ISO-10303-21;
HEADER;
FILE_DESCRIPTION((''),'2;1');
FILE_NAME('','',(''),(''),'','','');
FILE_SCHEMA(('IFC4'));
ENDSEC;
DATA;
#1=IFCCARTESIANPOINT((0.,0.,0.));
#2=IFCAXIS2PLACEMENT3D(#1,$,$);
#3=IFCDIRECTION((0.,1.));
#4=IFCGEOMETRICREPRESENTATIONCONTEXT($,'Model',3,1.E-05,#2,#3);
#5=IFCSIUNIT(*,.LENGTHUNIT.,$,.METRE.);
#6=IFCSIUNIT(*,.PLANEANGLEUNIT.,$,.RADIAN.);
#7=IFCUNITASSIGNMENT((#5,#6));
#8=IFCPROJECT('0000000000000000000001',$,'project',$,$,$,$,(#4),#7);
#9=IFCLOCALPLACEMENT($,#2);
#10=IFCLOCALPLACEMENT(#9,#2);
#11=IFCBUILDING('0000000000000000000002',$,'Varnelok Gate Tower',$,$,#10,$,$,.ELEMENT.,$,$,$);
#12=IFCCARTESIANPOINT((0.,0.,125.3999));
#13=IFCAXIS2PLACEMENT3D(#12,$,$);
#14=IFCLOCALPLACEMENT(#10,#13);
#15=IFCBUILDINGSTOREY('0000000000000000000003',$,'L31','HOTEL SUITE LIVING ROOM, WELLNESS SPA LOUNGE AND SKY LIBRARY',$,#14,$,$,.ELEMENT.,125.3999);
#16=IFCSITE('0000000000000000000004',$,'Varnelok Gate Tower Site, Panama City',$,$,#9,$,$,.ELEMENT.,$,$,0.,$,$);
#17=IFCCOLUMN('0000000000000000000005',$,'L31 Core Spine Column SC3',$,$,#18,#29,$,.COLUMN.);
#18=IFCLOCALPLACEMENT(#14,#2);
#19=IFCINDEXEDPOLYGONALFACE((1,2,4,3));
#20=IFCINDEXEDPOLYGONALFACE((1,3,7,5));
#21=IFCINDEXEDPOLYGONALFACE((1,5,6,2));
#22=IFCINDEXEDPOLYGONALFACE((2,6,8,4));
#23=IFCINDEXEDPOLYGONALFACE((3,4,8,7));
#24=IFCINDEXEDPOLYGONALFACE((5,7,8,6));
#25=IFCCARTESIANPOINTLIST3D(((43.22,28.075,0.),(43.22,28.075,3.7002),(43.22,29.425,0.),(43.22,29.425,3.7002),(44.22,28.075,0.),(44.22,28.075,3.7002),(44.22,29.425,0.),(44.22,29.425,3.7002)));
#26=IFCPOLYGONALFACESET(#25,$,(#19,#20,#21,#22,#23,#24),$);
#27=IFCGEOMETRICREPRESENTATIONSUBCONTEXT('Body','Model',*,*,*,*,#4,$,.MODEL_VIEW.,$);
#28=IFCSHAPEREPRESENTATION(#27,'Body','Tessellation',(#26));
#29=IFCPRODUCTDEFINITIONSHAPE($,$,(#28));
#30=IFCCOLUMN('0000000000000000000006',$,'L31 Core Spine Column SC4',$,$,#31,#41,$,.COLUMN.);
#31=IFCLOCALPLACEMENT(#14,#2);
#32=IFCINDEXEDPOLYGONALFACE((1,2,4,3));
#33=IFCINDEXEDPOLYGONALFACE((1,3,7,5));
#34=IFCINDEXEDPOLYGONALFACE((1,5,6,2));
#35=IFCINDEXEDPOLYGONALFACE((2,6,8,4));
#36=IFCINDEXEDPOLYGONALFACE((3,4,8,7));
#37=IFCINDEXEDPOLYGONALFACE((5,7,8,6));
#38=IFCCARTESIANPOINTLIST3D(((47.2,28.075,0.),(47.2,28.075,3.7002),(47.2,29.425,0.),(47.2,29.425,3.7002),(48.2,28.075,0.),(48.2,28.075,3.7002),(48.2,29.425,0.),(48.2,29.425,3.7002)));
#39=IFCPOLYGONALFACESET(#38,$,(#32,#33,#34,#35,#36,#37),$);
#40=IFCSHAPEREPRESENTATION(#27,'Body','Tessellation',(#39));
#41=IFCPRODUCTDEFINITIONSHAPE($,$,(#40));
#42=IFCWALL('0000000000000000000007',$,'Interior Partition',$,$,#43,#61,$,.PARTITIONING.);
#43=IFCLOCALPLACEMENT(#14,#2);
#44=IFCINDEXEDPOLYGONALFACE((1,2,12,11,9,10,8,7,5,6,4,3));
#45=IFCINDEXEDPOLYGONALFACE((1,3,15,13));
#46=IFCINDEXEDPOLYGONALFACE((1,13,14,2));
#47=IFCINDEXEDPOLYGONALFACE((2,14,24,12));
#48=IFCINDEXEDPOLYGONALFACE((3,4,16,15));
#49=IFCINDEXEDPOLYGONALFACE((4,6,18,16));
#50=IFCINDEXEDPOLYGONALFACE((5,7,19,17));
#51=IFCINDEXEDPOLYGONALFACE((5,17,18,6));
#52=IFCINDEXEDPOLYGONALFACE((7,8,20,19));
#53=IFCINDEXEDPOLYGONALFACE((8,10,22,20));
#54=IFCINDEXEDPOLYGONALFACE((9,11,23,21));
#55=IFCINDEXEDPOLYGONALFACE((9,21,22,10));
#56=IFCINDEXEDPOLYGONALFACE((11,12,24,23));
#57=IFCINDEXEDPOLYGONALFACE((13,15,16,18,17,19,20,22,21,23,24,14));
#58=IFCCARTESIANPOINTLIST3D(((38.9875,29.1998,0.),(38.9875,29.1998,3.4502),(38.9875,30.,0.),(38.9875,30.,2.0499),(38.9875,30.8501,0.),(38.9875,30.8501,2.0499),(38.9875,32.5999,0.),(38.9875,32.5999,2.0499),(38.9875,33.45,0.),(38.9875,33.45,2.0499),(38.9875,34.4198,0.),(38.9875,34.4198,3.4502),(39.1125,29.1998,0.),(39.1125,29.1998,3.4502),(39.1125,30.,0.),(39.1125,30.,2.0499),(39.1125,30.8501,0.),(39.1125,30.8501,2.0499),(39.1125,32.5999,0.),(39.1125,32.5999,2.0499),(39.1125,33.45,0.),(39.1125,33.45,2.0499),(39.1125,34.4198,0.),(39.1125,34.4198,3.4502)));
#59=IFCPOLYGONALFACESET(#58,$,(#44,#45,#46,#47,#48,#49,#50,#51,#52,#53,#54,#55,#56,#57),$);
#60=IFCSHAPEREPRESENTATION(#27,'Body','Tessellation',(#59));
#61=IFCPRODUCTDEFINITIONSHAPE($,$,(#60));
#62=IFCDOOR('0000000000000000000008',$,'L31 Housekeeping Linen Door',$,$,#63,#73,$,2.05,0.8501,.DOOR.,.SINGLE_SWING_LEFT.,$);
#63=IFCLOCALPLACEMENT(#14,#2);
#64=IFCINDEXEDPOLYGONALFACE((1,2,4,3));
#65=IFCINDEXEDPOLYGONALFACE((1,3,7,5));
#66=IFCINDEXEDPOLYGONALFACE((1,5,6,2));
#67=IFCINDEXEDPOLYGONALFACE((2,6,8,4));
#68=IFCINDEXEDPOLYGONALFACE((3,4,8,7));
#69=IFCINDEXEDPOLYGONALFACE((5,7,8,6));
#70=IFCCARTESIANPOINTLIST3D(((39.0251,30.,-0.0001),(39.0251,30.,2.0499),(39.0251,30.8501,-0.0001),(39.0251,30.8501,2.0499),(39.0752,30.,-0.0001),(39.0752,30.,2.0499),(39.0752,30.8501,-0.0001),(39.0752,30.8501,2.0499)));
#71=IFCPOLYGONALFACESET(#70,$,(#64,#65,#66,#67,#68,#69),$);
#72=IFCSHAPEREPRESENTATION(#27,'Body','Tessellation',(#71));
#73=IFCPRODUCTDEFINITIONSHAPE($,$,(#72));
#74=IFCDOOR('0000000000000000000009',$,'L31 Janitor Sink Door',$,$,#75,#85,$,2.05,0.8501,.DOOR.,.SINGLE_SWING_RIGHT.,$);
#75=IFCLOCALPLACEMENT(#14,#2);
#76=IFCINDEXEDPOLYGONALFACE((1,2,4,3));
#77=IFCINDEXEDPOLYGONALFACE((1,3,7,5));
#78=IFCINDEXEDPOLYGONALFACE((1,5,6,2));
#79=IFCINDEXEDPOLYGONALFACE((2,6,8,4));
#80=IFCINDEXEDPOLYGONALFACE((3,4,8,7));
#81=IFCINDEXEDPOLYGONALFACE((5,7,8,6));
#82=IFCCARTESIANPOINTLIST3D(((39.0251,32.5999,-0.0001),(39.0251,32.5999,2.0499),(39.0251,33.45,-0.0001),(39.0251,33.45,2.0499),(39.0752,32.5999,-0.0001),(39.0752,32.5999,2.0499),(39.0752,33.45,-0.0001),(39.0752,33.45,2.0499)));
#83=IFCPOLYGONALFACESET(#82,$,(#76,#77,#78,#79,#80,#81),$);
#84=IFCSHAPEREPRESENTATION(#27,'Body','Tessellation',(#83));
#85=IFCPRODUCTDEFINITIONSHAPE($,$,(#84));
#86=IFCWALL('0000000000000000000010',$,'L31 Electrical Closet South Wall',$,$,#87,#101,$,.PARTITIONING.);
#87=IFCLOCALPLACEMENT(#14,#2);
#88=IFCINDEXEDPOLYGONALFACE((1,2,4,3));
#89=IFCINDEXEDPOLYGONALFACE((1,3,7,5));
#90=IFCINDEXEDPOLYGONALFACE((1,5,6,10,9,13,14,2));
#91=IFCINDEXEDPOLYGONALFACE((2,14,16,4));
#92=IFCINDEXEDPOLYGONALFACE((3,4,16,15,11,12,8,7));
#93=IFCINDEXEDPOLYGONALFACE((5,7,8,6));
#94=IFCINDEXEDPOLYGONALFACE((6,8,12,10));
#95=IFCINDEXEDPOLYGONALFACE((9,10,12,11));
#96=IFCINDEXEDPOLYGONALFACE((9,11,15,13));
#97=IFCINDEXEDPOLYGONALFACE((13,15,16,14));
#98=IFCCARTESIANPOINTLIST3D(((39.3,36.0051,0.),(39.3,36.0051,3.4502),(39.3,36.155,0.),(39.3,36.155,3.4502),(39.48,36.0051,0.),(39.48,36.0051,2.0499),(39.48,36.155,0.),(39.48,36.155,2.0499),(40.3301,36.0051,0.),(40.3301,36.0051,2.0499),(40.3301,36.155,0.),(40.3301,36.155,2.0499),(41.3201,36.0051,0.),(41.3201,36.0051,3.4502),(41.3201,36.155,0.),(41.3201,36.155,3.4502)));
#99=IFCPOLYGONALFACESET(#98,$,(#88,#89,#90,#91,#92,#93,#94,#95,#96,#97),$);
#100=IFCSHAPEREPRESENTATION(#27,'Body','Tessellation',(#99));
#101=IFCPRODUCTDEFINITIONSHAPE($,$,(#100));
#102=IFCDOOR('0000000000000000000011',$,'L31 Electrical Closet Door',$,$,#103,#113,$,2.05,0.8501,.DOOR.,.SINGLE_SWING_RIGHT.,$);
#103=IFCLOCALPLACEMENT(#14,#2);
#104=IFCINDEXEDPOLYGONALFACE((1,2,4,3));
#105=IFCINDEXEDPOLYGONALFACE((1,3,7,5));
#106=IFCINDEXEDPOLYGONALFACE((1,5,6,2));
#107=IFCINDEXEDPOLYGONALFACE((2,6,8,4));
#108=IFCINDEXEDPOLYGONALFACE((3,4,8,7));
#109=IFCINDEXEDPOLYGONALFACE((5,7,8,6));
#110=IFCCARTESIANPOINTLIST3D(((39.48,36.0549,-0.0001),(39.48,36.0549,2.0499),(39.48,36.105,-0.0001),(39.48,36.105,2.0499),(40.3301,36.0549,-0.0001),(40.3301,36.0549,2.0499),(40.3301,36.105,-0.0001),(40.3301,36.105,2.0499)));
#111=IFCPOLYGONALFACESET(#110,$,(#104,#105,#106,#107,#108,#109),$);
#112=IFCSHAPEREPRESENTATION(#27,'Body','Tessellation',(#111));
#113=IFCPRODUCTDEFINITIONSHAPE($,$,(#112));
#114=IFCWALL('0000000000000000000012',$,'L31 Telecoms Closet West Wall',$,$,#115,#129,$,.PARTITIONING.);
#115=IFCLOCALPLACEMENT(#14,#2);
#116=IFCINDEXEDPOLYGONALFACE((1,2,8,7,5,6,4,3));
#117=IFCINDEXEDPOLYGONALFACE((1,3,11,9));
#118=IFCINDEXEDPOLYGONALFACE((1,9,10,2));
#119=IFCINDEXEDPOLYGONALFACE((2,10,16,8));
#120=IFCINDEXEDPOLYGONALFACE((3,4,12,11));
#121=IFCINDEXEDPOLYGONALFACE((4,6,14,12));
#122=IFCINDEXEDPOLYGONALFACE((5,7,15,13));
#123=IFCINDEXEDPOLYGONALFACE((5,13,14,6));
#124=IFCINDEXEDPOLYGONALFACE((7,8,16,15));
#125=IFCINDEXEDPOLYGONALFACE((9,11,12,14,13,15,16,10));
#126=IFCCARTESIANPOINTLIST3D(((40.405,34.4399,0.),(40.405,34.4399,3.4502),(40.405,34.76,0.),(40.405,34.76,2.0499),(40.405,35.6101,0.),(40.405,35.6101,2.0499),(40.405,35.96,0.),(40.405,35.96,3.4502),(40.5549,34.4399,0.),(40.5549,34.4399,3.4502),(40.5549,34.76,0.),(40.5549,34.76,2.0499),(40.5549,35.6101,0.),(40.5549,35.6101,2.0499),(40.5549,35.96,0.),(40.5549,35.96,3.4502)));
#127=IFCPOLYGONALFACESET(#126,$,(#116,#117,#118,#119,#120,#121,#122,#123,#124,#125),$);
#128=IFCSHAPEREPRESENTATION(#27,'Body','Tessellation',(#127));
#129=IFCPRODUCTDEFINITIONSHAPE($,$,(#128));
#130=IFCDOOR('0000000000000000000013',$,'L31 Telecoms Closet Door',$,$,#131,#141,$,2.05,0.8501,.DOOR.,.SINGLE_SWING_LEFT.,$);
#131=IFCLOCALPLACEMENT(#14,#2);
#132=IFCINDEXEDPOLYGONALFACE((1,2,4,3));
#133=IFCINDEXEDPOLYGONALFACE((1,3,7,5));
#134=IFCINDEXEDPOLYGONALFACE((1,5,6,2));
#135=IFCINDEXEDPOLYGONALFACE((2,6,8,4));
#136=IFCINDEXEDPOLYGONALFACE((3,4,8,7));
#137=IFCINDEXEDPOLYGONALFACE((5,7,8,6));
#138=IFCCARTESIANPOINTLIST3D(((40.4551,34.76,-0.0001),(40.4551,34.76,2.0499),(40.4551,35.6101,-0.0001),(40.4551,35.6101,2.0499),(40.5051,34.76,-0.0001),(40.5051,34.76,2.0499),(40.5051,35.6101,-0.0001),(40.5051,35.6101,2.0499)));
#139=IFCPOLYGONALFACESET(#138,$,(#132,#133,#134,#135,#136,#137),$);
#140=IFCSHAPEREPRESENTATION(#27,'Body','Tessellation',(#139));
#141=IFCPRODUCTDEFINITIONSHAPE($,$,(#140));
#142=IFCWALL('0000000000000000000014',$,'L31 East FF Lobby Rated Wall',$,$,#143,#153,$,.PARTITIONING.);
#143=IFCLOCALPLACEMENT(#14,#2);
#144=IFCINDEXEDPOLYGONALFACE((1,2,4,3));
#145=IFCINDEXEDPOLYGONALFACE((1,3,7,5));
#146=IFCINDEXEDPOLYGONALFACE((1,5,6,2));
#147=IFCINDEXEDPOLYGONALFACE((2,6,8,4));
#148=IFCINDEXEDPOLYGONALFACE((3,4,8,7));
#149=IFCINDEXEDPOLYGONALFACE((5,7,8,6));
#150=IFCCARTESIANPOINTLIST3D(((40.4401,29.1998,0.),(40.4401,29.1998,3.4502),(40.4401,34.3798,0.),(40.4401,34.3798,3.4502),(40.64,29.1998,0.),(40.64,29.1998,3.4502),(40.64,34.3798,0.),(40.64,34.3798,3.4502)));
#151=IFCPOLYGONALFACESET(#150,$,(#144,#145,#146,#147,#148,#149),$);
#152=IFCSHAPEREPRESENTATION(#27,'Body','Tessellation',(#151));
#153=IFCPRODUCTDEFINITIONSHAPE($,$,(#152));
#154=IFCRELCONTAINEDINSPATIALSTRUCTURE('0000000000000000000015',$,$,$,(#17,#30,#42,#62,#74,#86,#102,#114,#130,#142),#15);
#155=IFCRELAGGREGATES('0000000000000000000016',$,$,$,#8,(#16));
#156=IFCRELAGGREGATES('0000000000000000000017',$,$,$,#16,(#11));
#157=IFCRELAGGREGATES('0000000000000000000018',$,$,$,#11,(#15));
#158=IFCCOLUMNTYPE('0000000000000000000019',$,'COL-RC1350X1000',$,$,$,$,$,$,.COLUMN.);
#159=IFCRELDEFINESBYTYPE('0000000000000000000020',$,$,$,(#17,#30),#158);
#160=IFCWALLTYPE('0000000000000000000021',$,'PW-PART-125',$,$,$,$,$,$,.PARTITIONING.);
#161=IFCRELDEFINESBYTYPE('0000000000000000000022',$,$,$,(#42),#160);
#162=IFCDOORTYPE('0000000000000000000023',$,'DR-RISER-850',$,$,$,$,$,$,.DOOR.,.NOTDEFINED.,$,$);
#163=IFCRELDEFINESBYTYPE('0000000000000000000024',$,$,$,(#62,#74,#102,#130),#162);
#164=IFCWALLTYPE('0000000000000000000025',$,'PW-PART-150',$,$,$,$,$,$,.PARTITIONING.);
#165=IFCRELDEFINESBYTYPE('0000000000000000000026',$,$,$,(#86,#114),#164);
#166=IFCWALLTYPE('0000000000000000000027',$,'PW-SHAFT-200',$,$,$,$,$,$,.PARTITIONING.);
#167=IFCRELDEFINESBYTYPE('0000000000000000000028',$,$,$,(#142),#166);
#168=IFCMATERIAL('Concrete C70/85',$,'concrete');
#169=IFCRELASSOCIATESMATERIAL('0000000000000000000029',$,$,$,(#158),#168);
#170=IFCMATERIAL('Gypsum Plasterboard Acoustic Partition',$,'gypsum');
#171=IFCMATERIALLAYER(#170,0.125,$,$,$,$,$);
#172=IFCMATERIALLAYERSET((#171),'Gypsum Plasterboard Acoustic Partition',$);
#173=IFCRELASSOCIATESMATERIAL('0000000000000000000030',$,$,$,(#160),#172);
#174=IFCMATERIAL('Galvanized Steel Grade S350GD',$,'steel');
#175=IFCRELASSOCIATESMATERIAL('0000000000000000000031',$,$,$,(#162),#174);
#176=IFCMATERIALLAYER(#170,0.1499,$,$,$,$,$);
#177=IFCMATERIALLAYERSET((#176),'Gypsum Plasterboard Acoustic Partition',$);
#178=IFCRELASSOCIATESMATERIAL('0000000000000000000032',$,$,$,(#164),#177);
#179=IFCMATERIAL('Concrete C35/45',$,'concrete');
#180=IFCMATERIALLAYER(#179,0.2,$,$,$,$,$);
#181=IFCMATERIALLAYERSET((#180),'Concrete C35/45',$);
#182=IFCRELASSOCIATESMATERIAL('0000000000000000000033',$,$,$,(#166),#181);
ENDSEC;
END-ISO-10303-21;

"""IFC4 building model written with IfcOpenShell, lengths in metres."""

from ifc_helpers import new_model, si_unit, direction, frame, frame_2d, origin, origin_2d, place, context, subcontext, project, spatial, rectangle, extrude, material, layer, layer_set, material_profile, profile_set, type_object, element, fill, save


model = new_model("IFC4")

# Units and contexts
model_context = context("Model", 3, precision=1e-05, world=origin(), true_north=direction((0.0, 1.0)))
body_context = subcontext(model_context, "Body", "Model", "MODEL_VIEW")
ifc_project = project(units=[si_unit("LENGTHUNIT", "METRE"), si_unit("PLANEANGLEUNIT", "RADIAN")], contexts=[model_context])

# Site, building, storey
site_placement = place(None, origin())
site = spatial("IfcSite", under=ifc_project, at=site_placement, Name="Varnelok Gate Tower Site, Panama City", CompositionType="ELEMENT", RefElevation=0.0)
building_placement = place(site_placement, origin())
building = spatial("IfcBuilding", under=site, at=building_placement, Name="Varnelok Gate Tower", CompositionType="ELEMENT")
storey_placement = place(building_placement, frame((0.0, 0.0, 125.3999)))
storey = spatial("IfcBuildingStorey", under=building, at=storey_placement, Name="L31", Description="HOTEL SUITE LIVING ROOM, WELLNESS SPA LOUNGE AND SKY LIBRARY", CompositionType="ELEMENT", Elevation=125.3999)

# Columns
ifc_material_1 = material(Name="Concrete C70/85", Category="concrete")
ifc_material_profile = material_profile(ifc_material_1, rectangle(XDim=1.0, YDim=1.3501, at=origin_2d()), Name="RC1350X1000")
ifc_profile_set = profile_set([ifc_material_profile], Name="Concrete C70/85")
column_type = type_object("IfcColumnType", Name="COL-RC1350X1000", PredefinedType="COLUMN", material=ifc_profile_set)
for number, where, z_axis, x_axis, name in (
    (1, (43.72, 28.75, 0.0), (0.0, 0.0, 1.0), (1.0, 0.0, 0.0), "L31 Core Spine Column SC3"),
    (2, (47.7, 28.75, 0.0), (0.0, 0.0, 1.0), (1.0, 0.0, 0.0), "L31 Core Spine Column SC4"),
):
    element("IfcColumn", number, at=place(storey_placement, frame(where, z_axis=z_axis, x_axis=x_axis)), inside=storey, type_object=column_type, Name=name, PredefinedType="COLUMN", context=body_context, shape_type="SweptSolid", body=[
        extrude(rectangle(XDim=1.0, YDim=1.3501, at=origin_2d()), origin(), (0.0, 0.0, 1.0), 3.7002),
    ])

# Wall, openings, doors
ifc_material_2 = material(Name="Gypsum Plasterboard Acoustic Partition", Category="gypsum")
ifc_layer_1 = layer(ifc_material_2, 0.125)
ifc_layer_set_1 = layer_set([ifc_layer_1], Name="Gypsum Plasterboard Acoustic Partition")
wall_type_1 = type_object("IfcWallType", Name="PW-PART-125", PredefinedType="PARTITIONING", material=ifc_layer_set_1)
wall_1_placement = place(storey_placement, frame((39.05, 29.2, 0.0), z_axis=(0.0, 0.0, 1.0), x_axis=(0.0, 1.0, 0.0)))
wall_1 = element("IfcWall", 3, at=wall_1_placement, inside=storey, type_object=wall_type_1, Name="Interior Partition", PredefinedType="PARTITIONING", context=body_context, shape_type="SweptSolid", body=[
    extrude(rectangle(XDim=5.22, YDim=0.125, at=frame_2d((2.6099, 0.0))), origin(), (0.0, 0.0, 1.0), 3.4502),
])
opening_1_placement = place(wall_1_placement, frame((0.8, 0.0, 0.0)))
opening_1 = element("IfcOpeningElement", 4, at=opening_1_placement, cuts=wall_1, PredefinedType="OPENING", context=body_context, shape_type="SweptSolid", body=[
    extrude(rectangle(XDim=0.8501, YDim=2.05, at=frame_2d((0.425, 1.0249))), frame((0.0, 0.0725, 0.0), z_axis=(0.0, -1.0, 0.0), x_axis=(1.0, 0.0, 0.0)), (0.0, 0.0, 1.0), 0.145),
])
opening_2_placement = place(wall_1_placement, frame((3.3999, 0.0, 0.0)))
opening_2 = element("IfcOpeningElement", 5, at=opening_2_placement, cuts=wall_1, PredefinedType="OPENING", context=body_context, shape_type="SweptSolid", body=[
    extrude(rectangle(XDim=0.8501, YDim=2.05, at=frame_2d((0.425, 1.0249))), frame((0.0, 0.0725, 0.0), z_axis=(0.0, -1.0, 0.0), x_axis=(1.0, 0.0, 0.0)), (0.0, 0.0, 1.0), 0.145),
])
ifc_material_3 = material(Name="Galvanized Steel Grade S350GD", Category="steel")
door_type_1 = type_object("IfcDoorType", Name="DR-RISER-850", OperationType="NOTDEFINED", PredefinedType="DOOR", material=ifc_material_3)
door_1_placement = place(opening_1_placement, origin())
door_1 = element("IfcDoor", 6, at=door_1_placement, inside=storey, type_object=door_type_1, Name="L31 Housekeeping Linen Door", OperationType="SINGLE_SWING_LEFT", OverallHeight=2.05, OverallWidth=0.8501, PredefinedType="DOOR", context=body_context, shape_type="SweptSolid", body=[
    extrude(rectangle(XDim=0.8501, YDim=2.05, at=frame_2d((0.425, 1.0249))), frame((0.0, 0.0249, 0.0), z_axis=(0.0, -1.0, 0.0), x_axis=(1.0, 0.0, 0.0)), (0.0, 0.0, 1.0), 0.05),
])
fill(opening_1, door_1)
door_2_placement = place(opening_2_placement, origin())
door_2 = element("IfcDoor", 7, at=door_2_placement, inside=storey, type_object=door_type_1, Name="L31 Janitor Sink Door", OperationType="SINGLE_SWING_RIGHT", OverallHeight=2.05, OverallWidth=0.8501, PredefinedType="DOOR", context=body_context, shape_type="SweptSolid", body=[
    extrude(rectangle(XDim=0.8501, YDim=2.05, at=frame_2d((0.425, 1.0249))), frame((0.0, 0.0249, 0.0), z_axis=(0.0, -1.0, 0.0), x_axis=(1.0, 0.0, 0.0)), (0.0, 0.0, 1.0), 0.05),
])
fill(opening_2, door_2)

# Walls, openings, doors
ifc_layer_2 = layer(ifc_material_2, 0.1499)
ifc_layer_set_2 = layer_set([ifc_layer_2], Name="Gypsum Plasterboard Acoustic Partition")
wall_type_2 = type_object("IfcWallType", Name="PW-PART-150", PredefinedType="PARTITIONING", material=ifc_layer_set_2)
wall_2_placement = place(storey_placement, frame((39.3, 36.0801, 0.0), z_axis=(0.0, 0.0, 1.0), x_axis=(1.0, 0.0, 0.0)))
wall_2 = element("IfcWall", 8, at=wall_2_placement, inside=storey, type_object=wall_type_2, Name="L31 Electrical Closet South Wall", PredefinedType="PARTITIONING", context=body_context, shape_type="SweptSolid", body=[
    extrude(rectangle(XDim=2.02, YDim=0.1499, at=frame_2d((1.01, 0.0))), origin(), (0.0, 0.0, 1.0), 3.4502),
])
opening_3_placement = place(wall_2_placement, frame((0.1799, 0.0, 0.0)))
opening_3 = element("IfcOpeningElement", 9, at=opening_3_placement, cuts=wall_2, PredefinedType="OPENING", context=body_context, shape_type="SweptSolid", body=[
    extrude(rectangle(XDim=0.8501, YDim=2.05, at=frame_2d((0.425, 1.0249))), frame((0.0, 0.085, 0.0), z_axis=(0.0, -1.0, 0.0), x_axis=(1.0, 0.0, 0.0)), (0.0, 0.0, 1.0), 0.1699),
])
door_3_placement = place(opening_3_placement, origin())
door_3 = element("IfcDoor", 10, at=door_3_placement, inside=storey, type_object=door_type_1, Name="L31 Electrical Closet Door", OperationType="SINGLE_SWING_RIGHT", OverallHeight=2.05, OverallWidth=0.8501, PredefinedType="DOOR", context=body_context, shape_type="SweptSolid", body=[
    extrude(rectangle(XDim=0.8501, YDim=2.05, at=frame_2d((0.425, 1.0249))), frame((0.0, 0.0249, 0.0), z_axis=(0.0, -1.0, 0.0), x_axis=(1.0, 0.0, 0.0)), (0.0, 0.0, 1.0), 0.05),
])
fill(opening_3, door_3)
wall_3_placement = place(storey_placement, frame((40.48, 34.4399, 0.0), z_axis=(0.0, 0.0, 1.0), x_axis=(0.0, 1.0, 0.0)))
wall_3 = element("IfcWall", 11, at=wall_3_placement, inside=storey, type_object=wall_type_2, Name="L31 Telecoms Closet West Wall", PredefinedType="PARTITIONING", context=body_context, shape_type="SweptSolid", body=[
    extrude(rectangle(XDim=1.52, YDim=0.1499, at=frame_2d((0.76, 0.0))), origin(), (0.0, 0.0, 1.0), 3.4502),
])
opening_4_placement = place(wall_3_placement, frame((0.3201, 0.0, 0.0)))
opening_4 = element("IfcOpeningElement", 12, at=opening_4_placement, cuts=wall_3, PredefinedType="OPENING", context=body_context, shape_type="SweptSolid", body=[
    extrude(rectangle(XDim=0.8501, YDim=2.05, at=frame_2d((0.425, 1.0249))), frame((0.0, 0.085, 0.0), z_axis=(0.0, -1.0, 0.0), x_axis=(1.0, 0.0, 0.0)), (0.0, 0.0, 1.0), 0.1699),
])
door_4_placement = place(opening_4_placement, origin())
door_4 = element("IfcDoor", 13, at=door_4_placement, inside=storey, type_object=door_type_1, Name="L31 Telecoms Closet Door", OperationType="SINGLE_SWING_LEFT", OverallHeight=2.05, OverallWidth=0.8501, PredefinedType="DOOR", context=body_context, shape_type="SweptSolid", body=[
    extrude(rectangle(XDim=0.8501, YDim=2.05, at=frame_2d((0.425, 1.0249))), frame((0.0, 0.0249, 0.0), z_axis=(0.0, -1.0, 0.0), x_axis=(1.0, 0.0, 0.0)), (0.0, 0.0, 1.0), 0.05),
])
fill(opening_4, door_4)

# Wall
ifc_material_4 = material(Name="Concrete C35/45", Category="concrete")
ifc_layer_3 = layer(ifc_material_4, 0.2)
ifc_layer_set_3 = layer_set([ifc_layer_3], Name="Concrete C35/45")
wall_type_3 = type_object("IfcWallType", Name="PW-SHAFT-200", PredefinedType="PARTITIONING", material=ifc_layer_set_3)
wall_4_placement = place(storey_placement, frame((40.54, 29.2, 0.0), z_axis=(0.0, 0.0, 1.0), x_axis=(0.0, 1.0, 0.0)))
element("IfcWall", 14, at=wall_4_placement, inside=storey, type_object=wall_type_3, Name="L31 East FF Lobby Rated Wall", PredefinedType="PARTITIONING", context=body_context, shape_type="SweptSolid", body=[
    extrude(rectangle(XDim=5.1799, YDim=0.2, at=frame_2d((2.5898, 0.0))), origin(), (0.0, 0.0, 1.0), 3.4502),
])

save(model, "model.ifc")
